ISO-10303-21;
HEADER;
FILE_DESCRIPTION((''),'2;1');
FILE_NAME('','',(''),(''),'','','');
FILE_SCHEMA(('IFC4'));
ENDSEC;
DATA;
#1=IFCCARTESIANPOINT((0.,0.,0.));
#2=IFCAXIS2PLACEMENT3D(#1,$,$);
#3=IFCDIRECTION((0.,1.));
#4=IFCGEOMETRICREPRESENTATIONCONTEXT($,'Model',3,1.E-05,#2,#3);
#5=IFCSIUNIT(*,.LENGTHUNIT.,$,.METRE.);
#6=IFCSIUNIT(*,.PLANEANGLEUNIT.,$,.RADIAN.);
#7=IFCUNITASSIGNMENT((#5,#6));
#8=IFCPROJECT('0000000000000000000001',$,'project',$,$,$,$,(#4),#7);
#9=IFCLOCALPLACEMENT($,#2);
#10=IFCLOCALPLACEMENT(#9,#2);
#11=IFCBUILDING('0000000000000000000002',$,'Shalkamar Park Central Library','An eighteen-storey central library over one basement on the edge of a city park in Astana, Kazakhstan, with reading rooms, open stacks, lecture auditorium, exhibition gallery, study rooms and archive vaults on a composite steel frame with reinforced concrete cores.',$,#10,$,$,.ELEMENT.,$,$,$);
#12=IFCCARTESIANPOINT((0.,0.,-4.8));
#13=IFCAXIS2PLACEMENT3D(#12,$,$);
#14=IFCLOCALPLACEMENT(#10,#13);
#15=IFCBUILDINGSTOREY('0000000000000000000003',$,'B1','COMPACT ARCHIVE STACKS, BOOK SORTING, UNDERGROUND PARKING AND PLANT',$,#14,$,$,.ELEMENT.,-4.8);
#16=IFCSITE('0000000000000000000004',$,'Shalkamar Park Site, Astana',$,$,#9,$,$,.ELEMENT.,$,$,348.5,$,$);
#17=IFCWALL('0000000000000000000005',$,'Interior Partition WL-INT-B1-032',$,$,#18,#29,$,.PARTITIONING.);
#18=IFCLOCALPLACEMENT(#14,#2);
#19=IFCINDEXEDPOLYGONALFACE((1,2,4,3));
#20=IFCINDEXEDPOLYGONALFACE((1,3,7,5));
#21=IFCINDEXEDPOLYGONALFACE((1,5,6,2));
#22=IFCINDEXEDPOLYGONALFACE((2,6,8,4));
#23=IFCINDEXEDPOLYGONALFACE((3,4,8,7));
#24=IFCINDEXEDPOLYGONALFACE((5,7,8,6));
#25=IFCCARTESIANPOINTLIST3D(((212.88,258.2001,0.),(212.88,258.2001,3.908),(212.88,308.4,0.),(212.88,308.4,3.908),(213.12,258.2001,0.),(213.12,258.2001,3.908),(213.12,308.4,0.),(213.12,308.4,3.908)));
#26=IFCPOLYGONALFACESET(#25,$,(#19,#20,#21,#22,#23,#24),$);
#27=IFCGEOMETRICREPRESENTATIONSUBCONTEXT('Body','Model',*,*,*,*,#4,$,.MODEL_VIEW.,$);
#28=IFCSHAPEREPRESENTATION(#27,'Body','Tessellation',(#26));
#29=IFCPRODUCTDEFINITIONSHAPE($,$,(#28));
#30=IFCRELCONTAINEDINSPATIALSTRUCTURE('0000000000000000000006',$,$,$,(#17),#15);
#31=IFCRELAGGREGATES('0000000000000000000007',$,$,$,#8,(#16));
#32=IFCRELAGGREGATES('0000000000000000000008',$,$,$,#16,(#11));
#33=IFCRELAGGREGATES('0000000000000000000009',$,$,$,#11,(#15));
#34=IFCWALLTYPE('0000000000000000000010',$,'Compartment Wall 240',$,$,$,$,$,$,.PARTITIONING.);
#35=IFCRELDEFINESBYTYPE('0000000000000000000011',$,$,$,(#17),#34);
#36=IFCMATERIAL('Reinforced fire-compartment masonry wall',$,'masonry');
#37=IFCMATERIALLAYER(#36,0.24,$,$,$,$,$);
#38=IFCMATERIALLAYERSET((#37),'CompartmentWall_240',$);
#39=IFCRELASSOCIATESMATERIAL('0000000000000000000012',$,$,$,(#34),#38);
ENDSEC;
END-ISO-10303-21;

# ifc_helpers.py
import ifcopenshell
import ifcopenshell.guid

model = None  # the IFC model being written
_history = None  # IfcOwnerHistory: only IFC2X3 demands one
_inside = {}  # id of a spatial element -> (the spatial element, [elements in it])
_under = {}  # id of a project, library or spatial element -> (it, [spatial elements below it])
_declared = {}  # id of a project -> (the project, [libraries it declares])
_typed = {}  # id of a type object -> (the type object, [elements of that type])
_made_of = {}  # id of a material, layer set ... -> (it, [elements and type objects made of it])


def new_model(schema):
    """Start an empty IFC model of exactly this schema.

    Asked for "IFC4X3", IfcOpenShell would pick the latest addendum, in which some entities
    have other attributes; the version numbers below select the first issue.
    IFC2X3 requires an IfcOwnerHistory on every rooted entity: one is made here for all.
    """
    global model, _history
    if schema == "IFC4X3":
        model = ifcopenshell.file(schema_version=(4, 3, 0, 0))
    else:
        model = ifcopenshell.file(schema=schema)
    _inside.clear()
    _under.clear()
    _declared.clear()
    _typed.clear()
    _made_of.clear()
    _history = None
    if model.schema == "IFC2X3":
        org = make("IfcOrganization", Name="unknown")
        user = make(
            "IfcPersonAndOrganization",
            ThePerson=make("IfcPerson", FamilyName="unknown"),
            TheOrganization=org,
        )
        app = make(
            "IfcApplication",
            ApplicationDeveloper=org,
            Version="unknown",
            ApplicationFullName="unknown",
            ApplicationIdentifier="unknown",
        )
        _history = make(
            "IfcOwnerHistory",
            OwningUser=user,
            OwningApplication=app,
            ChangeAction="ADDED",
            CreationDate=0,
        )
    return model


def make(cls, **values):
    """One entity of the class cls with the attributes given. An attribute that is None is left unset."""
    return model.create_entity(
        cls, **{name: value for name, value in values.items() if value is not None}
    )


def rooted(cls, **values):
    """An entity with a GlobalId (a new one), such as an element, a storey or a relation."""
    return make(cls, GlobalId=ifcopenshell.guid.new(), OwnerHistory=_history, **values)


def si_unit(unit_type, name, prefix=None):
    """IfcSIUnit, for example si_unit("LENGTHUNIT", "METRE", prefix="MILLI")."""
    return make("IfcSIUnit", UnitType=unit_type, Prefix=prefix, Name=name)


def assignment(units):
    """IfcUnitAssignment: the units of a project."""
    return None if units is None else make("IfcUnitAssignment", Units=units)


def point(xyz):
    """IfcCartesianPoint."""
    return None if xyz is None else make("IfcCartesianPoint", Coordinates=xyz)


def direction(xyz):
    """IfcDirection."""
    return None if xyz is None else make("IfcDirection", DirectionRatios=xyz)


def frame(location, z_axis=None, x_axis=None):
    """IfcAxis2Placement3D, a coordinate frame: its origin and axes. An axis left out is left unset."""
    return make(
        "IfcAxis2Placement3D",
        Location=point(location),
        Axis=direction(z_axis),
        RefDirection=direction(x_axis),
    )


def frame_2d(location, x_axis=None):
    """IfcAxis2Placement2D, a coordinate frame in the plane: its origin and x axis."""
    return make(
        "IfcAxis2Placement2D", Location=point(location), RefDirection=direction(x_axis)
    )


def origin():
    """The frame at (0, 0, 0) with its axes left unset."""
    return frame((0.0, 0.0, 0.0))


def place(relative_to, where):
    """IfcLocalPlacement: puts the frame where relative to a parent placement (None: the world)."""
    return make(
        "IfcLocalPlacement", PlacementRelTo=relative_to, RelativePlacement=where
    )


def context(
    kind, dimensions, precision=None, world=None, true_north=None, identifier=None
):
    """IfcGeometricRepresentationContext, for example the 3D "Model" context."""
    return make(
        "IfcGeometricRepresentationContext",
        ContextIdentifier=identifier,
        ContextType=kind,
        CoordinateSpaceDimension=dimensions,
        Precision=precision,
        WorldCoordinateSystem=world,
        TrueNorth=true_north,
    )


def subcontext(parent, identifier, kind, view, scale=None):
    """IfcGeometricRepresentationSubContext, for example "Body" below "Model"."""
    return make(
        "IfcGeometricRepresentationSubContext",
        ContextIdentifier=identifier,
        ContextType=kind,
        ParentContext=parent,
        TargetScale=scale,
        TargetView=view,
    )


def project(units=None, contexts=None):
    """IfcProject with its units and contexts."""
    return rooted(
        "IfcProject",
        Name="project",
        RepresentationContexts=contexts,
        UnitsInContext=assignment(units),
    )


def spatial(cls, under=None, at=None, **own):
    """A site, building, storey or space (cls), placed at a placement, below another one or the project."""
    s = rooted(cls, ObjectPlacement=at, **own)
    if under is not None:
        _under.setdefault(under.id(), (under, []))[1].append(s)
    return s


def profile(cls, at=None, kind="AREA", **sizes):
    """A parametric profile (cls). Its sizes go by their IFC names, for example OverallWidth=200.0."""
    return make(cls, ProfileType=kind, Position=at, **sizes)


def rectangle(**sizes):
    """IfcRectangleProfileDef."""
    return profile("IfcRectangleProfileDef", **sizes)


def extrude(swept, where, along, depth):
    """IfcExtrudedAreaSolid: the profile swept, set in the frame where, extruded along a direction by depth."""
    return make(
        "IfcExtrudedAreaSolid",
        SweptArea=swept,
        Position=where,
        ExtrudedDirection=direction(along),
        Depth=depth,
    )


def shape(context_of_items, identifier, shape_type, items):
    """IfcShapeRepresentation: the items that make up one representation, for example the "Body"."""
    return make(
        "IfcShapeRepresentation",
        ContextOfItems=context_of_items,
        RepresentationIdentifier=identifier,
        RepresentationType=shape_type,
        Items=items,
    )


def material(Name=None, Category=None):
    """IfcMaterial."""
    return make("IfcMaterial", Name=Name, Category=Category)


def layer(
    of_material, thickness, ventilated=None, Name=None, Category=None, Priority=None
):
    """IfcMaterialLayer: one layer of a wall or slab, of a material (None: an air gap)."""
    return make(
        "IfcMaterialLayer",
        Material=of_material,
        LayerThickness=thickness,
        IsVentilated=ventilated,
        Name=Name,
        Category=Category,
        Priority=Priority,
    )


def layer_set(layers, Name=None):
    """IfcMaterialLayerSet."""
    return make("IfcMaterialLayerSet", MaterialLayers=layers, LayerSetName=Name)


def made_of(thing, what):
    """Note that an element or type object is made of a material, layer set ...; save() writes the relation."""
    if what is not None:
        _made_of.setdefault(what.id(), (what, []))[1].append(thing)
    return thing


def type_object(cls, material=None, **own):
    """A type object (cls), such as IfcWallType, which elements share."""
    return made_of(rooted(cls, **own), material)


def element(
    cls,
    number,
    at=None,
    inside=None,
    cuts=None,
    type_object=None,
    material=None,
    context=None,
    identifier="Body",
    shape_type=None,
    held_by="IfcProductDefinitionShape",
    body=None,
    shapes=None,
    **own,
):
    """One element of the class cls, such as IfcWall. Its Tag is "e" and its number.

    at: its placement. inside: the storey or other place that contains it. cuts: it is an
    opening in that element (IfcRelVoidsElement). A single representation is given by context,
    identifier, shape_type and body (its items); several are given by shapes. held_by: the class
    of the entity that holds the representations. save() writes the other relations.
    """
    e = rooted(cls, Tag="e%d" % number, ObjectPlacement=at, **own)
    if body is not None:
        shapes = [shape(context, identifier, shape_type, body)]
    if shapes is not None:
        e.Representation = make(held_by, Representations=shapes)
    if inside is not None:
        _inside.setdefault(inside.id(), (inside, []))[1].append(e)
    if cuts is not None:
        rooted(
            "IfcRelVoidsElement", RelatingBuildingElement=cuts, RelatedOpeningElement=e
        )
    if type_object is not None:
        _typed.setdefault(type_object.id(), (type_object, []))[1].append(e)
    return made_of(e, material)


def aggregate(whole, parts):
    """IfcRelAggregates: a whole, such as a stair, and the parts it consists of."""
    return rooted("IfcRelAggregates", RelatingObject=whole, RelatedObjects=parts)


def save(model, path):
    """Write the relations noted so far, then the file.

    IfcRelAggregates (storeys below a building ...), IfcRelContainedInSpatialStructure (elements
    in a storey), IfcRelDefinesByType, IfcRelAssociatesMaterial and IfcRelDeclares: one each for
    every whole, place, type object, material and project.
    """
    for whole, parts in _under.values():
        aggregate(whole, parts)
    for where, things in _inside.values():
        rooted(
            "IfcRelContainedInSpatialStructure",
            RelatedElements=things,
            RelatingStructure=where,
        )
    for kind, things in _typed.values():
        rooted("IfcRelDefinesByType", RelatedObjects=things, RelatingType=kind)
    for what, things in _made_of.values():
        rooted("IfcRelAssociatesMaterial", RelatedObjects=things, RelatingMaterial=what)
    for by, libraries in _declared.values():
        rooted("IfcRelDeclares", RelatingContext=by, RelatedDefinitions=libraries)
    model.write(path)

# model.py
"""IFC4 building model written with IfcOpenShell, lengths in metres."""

from ifc_helpers import new_model, si_unit, direction, frame, frame_2d, origin, place, context, subcontext, project, spatial, rectangle, extrude, material, layer, layer_set, type_object, element, save


model = new_model("IFC4")

# Units and contexts
model_context = context("Model", 3, precision=1e-05, world=origin(), true_north=direction((0.0, 1.0)))
body_context = subcontext(model_context, "Body", "Model", "MODEL_VIEW")
ifc_project = project(units=[si_unit("LENGTHUNIT", "METRE"), si_unit("PLANEANGLEUNIT", "RADIAN")], contexts=[model_context])

# Site, building, storey
site_placement = place(None, origin())
site = spatial("IfcSite", under=ifc_project, at=site_placement, Name="Shalkamar Park Site, Astana", CompositionType="ELEMENT", RefElevation=348.5)
building_placement = place(site_placement, origin())
building = spatial("IfcBuilding", under=site, at=building_placement, Name="Shalkamar Park Central Library", Description="An eighteen-storey central library over one basement on the edge of a city park in Astana, Kazakhstan, with reading rooms, open stacks, lecture auditorium, exhibition gallery, study rooms and archive vaults on a composite steel frame with reinforced concrete cores.", CompositionType="ELEMENT")
storey_placement = place(building_placement, frame((0.0, 0.0, -4.8)))
storey = spatial("IfcBuildingStorey", under=building, at=storey_placement, Name="B1", Description="COMPACT ARCHIVE STACKS, BOOK SORTING, UNDERGROUND PARKING AND PLANT", CompositionType="ELEMENT", Elevation=-4.8)

# Wall
ifc_material_1 = material(Name="Reinforced fire-compartment masonry wall", Category="masonry")
ifc_layer = layer(ifc_material_1, 0.24)
ifc_layer_set = layer_set([ifc_layer], Name="CompartmentWall_240")
wall_type = type_object("IfcWallType", Name="Compartment Wall 240", PredefinedType="PARTITIONING", material=ifc_layer_set)
wall_placement = place(storey_placement, frame((213.0, 258.2, 0.0), z_axis=(0.0, 0.0, 1.0), x_axis=(0.0, 1.0, 0.0)))
element("IfcWall", 1, at=wall_placement, inside=storey, type_object=wall_type, Name="Interior Partition WL-INT-B1-032", PredefinedType="PARTITIONING", context=body_context, shape_type="SweptSolid", body=[
    extrude(rectangle(XDim=50.2, YDim=0.24, at=frame_2d((25.1001, 0.0))), origin(), (0.0, 0.0, 1.0), 3.908),
])

save(model, "model.ifc")
